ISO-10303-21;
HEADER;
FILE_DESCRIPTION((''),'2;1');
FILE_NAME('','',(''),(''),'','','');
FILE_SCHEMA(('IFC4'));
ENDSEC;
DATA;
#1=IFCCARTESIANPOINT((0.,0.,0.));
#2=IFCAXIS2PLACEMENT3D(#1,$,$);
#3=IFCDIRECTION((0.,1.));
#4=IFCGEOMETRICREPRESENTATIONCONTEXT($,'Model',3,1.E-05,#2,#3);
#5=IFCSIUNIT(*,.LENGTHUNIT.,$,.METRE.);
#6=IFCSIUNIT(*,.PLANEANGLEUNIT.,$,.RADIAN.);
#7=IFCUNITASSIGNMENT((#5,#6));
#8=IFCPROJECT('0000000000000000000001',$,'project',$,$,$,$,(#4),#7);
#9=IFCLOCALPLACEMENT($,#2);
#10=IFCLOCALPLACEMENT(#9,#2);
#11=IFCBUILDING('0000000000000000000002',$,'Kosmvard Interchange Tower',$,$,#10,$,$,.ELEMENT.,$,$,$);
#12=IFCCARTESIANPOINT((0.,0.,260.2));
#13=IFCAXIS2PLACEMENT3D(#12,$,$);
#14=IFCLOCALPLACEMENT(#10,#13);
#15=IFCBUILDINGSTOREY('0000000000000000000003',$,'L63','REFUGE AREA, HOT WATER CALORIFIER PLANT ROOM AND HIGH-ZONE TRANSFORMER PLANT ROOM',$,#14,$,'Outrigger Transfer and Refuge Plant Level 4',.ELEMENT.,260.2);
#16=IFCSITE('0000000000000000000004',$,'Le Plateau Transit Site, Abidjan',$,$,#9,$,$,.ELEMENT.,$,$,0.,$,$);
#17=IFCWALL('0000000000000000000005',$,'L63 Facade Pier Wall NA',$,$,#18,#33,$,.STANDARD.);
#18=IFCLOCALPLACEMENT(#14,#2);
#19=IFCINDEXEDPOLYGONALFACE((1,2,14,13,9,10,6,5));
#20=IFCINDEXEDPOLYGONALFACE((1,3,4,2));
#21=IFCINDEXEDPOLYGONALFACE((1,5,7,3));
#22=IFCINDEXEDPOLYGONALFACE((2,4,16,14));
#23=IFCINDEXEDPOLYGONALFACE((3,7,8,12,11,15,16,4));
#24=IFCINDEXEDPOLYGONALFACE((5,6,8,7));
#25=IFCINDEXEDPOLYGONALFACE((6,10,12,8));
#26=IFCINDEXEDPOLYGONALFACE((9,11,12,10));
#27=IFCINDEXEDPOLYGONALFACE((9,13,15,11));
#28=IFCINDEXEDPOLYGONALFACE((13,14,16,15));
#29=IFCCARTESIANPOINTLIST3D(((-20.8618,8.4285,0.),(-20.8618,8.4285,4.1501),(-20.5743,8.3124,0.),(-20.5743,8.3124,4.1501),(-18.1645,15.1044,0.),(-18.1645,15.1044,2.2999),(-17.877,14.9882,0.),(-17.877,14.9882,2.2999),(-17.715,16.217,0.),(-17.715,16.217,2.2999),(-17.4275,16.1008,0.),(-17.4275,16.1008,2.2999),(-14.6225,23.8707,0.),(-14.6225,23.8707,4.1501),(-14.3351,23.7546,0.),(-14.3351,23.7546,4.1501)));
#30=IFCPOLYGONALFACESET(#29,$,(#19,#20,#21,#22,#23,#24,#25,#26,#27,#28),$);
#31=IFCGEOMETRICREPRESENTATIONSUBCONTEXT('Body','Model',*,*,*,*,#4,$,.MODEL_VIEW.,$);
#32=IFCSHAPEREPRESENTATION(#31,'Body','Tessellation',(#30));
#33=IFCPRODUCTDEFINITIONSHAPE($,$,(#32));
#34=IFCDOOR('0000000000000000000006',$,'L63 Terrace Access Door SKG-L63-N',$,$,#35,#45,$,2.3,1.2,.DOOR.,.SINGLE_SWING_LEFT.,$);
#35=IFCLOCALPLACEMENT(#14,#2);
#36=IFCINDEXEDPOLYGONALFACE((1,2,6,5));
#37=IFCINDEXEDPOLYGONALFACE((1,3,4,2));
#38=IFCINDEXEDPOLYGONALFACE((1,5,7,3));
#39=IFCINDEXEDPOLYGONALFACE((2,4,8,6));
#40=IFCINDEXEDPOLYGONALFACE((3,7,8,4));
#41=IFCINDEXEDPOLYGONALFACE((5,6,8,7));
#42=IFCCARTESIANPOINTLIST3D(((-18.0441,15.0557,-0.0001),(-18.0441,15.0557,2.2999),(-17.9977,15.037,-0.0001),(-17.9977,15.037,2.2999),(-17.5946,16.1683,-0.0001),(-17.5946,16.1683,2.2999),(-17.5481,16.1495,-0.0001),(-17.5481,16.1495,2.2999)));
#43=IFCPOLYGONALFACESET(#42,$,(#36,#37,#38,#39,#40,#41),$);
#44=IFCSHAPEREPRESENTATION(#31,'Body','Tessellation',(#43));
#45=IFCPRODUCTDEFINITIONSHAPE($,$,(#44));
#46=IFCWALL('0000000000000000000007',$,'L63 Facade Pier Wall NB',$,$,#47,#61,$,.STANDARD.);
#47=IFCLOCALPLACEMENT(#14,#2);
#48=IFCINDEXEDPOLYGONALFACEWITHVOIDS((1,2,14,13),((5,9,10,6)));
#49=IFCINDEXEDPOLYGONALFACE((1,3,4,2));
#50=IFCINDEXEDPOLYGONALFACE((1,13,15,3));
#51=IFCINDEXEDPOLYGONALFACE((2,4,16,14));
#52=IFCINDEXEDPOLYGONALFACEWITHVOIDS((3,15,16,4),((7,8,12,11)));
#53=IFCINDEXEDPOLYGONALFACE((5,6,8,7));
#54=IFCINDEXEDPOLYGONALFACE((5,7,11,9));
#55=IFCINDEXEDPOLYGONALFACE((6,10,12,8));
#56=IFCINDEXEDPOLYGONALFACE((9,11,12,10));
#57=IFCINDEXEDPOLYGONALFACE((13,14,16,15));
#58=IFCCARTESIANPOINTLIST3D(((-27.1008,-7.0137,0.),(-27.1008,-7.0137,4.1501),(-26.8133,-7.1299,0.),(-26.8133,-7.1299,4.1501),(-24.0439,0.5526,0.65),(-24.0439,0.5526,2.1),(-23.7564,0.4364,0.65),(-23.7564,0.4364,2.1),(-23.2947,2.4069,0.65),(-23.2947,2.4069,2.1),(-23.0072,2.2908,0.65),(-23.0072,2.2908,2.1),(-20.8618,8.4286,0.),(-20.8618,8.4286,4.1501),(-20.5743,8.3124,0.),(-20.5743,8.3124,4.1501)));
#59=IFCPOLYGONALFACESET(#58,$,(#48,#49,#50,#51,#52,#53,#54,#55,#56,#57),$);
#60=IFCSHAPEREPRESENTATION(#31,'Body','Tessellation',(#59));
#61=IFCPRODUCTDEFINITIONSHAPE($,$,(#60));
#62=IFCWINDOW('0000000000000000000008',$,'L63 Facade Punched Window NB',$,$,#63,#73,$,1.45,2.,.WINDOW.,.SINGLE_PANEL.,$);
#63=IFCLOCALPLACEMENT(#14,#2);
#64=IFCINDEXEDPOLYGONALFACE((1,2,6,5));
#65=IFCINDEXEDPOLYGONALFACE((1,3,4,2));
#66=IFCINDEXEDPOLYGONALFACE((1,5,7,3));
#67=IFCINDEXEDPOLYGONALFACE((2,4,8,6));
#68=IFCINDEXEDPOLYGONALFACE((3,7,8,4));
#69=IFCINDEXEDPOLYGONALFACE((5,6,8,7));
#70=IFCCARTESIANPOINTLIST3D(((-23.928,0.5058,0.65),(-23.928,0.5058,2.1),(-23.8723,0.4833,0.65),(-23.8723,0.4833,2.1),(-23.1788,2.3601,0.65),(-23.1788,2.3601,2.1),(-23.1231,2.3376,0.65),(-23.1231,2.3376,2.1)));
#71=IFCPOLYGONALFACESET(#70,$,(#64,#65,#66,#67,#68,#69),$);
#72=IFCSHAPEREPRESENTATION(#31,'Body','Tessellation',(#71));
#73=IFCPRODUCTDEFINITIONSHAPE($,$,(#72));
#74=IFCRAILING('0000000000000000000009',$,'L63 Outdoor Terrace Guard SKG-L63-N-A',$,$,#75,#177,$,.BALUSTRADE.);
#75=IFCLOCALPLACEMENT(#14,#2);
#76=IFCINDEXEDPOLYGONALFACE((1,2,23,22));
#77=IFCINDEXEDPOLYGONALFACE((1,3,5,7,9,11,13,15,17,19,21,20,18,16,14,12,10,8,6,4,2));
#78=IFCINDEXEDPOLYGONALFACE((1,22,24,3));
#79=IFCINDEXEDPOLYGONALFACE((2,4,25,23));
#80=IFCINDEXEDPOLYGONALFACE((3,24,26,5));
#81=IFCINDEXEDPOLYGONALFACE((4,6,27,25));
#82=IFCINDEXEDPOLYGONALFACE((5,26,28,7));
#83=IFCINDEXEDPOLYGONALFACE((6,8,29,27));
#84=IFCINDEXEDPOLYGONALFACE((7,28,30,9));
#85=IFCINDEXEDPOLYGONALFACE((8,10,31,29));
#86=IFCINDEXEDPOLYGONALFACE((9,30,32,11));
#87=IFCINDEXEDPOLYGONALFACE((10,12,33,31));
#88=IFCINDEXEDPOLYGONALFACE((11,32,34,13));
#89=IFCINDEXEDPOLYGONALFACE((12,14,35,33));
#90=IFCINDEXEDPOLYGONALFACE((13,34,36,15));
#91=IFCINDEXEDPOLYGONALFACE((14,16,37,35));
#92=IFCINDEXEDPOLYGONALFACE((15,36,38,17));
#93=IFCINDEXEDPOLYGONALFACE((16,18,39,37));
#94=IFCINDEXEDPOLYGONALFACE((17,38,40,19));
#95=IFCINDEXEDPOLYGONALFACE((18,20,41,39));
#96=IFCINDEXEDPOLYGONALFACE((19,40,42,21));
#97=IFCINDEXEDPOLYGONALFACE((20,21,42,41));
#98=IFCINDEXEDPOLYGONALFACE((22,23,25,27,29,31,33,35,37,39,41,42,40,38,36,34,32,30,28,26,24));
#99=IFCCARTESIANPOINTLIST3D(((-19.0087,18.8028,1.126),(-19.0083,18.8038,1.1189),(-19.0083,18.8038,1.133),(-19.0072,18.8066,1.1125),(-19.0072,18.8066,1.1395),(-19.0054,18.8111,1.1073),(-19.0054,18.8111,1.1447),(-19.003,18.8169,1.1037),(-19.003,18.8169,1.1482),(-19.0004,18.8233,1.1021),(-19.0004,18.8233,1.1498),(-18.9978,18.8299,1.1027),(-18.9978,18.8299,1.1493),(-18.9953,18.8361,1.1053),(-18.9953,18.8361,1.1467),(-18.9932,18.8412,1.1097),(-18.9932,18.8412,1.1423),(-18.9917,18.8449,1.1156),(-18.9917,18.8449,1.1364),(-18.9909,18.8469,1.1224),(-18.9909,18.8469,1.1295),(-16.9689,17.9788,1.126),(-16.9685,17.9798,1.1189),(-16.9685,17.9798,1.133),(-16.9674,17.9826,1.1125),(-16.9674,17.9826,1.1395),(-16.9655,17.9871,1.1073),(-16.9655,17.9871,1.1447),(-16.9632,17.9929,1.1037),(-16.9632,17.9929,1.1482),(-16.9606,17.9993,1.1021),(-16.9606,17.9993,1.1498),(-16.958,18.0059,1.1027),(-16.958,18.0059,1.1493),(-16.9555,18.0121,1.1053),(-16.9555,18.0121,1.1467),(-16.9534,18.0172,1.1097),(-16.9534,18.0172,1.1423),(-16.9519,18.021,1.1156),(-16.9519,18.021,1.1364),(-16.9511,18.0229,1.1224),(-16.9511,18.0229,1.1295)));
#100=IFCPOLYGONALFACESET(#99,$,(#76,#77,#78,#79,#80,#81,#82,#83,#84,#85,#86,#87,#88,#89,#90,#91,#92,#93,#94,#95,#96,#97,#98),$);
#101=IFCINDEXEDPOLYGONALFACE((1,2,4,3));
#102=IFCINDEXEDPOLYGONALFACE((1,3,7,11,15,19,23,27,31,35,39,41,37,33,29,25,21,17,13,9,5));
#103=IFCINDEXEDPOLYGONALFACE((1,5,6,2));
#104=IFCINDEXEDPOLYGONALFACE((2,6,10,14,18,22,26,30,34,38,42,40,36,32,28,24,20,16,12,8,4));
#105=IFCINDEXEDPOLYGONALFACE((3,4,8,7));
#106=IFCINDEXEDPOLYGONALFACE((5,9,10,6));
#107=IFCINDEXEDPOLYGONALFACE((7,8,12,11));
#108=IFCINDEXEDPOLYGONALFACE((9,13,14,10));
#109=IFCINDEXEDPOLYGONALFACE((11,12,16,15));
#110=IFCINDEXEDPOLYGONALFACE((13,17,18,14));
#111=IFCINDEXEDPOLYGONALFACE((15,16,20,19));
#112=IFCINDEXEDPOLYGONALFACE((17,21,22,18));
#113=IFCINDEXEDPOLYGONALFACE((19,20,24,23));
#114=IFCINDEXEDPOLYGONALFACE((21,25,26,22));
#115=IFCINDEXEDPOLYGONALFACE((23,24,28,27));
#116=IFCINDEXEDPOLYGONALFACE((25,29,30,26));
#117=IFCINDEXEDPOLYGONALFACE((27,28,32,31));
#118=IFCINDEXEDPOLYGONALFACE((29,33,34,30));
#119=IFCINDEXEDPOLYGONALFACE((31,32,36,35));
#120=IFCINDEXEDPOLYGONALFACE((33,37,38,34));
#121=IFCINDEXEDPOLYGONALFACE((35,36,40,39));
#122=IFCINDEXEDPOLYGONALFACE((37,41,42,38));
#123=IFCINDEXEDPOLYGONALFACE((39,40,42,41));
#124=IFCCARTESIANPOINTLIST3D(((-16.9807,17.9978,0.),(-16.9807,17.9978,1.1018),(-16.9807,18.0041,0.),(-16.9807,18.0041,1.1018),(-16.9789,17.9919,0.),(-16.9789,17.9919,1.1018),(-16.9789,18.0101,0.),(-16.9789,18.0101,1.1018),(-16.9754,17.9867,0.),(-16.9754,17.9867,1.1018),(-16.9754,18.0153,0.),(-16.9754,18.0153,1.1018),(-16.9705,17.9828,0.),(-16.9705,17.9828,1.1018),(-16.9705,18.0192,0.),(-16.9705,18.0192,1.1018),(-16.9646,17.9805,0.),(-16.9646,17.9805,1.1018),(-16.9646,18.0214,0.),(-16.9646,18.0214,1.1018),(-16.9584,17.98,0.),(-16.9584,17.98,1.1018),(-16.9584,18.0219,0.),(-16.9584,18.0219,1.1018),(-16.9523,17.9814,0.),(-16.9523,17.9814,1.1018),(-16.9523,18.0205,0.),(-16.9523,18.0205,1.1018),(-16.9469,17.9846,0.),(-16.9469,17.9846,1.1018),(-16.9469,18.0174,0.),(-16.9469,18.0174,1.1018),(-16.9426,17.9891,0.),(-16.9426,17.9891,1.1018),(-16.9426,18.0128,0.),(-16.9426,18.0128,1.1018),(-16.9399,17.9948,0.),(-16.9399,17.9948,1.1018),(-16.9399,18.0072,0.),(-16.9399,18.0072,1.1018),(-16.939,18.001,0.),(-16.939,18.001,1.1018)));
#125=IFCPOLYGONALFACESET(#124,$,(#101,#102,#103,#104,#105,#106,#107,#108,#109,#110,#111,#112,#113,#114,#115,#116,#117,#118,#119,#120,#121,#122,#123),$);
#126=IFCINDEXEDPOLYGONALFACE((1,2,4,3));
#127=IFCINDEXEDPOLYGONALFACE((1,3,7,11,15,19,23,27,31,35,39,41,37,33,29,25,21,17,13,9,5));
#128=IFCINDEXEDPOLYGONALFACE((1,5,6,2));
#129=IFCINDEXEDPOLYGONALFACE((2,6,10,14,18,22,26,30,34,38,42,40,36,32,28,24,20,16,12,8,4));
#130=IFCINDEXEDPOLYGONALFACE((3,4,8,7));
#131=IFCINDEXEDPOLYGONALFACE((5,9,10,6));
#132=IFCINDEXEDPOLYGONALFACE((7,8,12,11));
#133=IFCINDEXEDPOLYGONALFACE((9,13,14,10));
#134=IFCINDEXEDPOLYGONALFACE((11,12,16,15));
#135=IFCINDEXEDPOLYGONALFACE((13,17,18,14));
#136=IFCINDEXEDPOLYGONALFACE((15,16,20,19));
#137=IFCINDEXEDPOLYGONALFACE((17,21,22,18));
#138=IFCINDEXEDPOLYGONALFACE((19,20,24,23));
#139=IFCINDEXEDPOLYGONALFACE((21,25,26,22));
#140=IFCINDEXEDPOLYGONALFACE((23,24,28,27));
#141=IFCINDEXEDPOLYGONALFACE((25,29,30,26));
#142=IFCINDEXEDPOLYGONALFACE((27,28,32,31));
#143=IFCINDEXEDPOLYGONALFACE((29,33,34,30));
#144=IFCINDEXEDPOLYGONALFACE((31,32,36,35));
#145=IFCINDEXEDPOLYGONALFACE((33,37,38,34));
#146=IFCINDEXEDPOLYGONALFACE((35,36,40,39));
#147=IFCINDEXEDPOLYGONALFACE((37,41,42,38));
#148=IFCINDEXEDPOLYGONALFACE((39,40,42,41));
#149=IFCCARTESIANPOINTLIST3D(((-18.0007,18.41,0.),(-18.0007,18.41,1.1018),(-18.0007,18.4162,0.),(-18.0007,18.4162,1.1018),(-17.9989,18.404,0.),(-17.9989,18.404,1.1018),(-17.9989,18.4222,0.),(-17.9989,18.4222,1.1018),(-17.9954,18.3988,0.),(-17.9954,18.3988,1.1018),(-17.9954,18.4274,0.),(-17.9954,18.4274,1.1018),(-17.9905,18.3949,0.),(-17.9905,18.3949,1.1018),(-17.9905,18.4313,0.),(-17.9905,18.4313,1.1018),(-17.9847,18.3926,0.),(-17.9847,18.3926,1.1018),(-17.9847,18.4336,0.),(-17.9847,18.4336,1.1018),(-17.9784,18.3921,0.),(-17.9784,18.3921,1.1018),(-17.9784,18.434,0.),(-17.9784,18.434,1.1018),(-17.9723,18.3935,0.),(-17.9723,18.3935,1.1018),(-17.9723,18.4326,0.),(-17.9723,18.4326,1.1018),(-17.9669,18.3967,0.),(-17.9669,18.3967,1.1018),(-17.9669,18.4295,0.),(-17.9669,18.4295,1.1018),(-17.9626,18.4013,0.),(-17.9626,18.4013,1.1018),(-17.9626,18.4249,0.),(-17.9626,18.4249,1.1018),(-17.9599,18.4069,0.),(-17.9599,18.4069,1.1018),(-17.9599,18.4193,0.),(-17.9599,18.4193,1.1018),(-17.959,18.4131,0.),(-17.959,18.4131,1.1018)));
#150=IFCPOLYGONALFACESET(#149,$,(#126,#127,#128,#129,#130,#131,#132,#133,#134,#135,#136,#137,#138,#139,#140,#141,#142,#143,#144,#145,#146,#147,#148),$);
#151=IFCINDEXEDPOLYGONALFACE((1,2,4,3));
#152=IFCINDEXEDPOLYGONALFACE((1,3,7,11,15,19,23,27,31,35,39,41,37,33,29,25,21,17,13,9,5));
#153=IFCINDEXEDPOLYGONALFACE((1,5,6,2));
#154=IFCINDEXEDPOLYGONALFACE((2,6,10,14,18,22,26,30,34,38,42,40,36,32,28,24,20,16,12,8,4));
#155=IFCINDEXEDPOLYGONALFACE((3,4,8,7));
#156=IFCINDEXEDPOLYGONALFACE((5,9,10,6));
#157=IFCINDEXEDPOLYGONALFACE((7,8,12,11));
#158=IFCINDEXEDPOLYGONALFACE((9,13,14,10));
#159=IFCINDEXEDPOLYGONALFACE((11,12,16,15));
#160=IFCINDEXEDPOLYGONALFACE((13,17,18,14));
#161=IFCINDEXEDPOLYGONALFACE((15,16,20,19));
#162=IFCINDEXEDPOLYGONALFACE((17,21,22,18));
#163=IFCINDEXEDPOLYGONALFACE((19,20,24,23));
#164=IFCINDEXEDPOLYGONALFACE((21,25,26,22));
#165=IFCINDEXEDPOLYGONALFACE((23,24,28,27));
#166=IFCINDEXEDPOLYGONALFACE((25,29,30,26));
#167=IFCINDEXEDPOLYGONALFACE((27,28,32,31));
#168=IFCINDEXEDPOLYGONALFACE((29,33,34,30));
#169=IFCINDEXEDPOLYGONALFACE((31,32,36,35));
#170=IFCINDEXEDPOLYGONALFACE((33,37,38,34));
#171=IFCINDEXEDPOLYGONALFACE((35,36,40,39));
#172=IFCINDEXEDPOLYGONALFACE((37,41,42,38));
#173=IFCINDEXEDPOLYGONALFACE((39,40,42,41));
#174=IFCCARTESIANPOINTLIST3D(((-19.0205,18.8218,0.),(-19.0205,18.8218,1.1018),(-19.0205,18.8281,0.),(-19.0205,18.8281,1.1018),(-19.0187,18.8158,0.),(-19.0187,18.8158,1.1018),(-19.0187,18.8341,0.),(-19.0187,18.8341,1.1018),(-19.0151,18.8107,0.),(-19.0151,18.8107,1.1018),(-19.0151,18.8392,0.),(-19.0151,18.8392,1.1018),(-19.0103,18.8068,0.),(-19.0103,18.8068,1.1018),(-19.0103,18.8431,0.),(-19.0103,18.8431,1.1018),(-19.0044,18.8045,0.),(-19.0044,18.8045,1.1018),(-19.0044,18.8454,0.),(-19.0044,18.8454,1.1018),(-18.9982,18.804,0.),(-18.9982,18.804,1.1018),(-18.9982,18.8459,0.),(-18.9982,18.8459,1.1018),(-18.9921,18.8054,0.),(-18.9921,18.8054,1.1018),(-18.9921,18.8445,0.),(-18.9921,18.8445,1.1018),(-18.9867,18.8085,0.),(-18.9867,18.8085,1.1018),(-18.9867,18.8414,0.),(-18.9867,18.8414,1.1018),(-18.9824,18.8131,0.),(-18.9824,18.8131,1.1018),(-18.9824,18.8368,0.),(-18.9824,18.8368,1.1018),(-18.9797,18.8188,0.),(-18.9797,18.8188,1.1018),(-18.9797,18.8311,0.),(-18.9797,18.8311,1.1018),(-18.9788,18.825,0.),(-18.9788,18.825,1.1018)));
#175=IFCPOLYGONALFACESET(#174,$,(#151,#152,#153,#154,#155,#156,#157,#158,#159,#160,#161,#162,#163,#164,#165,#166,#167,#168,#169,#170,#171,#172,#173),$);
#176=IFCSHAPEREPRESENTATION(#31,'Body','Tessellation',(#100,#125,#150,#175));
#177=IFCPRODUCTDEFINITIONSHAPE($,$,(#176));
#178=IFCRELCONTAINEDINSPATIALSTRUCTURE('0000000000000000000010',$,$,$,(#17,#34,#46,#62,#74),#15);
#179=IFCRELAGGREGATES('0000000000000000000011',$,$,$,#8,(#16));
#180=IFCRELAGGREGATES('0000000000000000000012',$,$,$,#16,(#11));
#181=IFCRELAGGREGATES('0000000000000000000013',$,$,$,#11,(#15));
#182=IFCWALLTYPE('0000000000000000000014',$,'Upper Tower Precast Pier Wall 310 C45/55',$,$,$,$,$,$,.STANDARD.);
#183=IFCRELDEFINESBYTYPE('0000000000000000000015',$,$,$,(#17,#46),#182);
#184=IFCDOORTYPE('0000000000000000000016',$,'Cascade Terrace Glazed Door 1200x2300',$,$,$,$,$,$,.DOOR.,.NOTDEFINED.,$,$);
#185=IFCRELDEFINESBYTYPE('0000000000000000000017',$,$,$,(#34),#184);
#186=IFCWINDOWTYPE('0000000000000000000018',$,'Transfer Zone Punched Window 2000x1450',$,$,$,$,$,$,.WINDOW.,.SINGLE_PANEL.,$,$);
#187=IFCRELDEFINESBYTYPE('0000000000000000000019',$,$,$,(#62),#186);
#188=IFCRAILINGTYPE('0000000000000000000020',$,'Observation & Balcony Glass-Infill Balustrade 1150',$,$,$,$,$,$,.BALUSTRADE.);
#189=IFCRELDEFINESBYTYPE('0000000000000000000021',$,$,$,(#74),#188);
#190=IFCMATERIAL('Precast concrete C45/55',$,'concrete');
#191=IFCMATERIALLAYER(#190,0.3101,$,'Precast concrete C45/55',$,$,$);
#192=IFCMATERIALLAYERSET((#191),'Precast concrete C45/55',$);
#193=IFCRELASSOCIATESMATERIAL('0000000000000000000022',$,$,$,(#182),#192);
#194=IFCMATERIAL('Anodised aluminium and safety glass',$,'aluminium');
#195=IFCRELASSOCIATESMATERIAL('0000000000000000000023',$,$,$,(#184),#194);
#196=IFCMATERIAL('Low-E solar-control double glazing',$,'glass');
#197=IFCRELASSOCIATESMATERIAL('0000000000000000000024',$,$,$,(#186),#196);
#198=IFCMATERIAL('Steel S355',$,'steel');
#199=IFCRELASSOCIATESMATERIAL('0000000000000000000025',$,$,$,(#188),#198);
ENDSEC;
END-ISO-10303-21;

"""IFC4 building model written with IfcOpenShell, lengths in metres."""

from ifc_helpers import new_model, si_unit, direction, frame, frame_2d, origin, origin_2d, place, context, subcontext, project, spatial, rectangle, circle, extrude, source, transform, mapped, material, layer, layer_set, type_object, element, fill, save


model = new_model("IFC4")

# Units and contexts
model_context = context("Model", 3, precision=1e-05, world=origin(), true_north=direction((0.0, 1.0)))
body_context = subcontext(model_context, "Body", "Model", "MODEL_VIEW")
ifc_project = project(units=[si_unit("LENGTHUNIT", "METRE"), si_unit("PLANEANGLEUNIT", "RADIAN")], contexts=[model_context])

# Site, building, storey
site_placement = place(None, origin())
site = spatial("IfcSite", under=ifc_project, at=site_placement, Name="Le Plateau Transit Site, Abidjan", CompositionType="ELEMENT", RefElevation=0.0)
building_placement = place(site_placement, origin())
building = spatial("IfcBuilding", under=site, at=building_placement, Name="Kosmvard Interchange Tower", CompositionType="ELEMENT")
storey_placement = place(building_placement, frame((0.0, 0.0, 260.2)))
storey = spatial("IfcBuildingStorey", under=building, at=storey_placement, Name="L63", Description="REFUGE AREA, HOT WATER CALORIFIER PLANT ROOM AND HIGH-ZONE TRANSFORMER PLANT ROOM", LongName="Outrigger Transfer and Refuge Plant Level 4", CompositionType="ELEMENT", Elevation=260.2)

# Shared definitions
ifc_material_1 = material(Name="Steel S355", Category="steel")

# Wall, opening, door
ifc_material_2 = material(Name="Precast concrete C45/55", Category="concrete")
ifc_layer_1 = layer(ifc_material_2, 0.3101, Name="Precast concrete C45/55")
ifc_layer_set_1 = layer_set([ifc_layer_1], Name="Precast concrete C45/55")
wall_type = type_object("IfcWallType", Name="Upper Tower Precast Pier Wall 310 C45/55", PredefinedType="STANDARD", material=ifc_layer_set_1)
wall_1_placement = place(storey_placement, frame((-14.4788, 23.8127, 0.0), z_axis=(0.0, 0.0, 1.0), x_axis=(-0.374618, -0.927179, 0.0)))
wall_1 = element("IfcWall", 1, at=wall_1_placement, inside=storey, type_object=wall_type, Name="L63 Facade Pier Wall NA", PredefinedType="STANDARD", context=body_context, shape_type="SweptSolid", body=[
    extrude(rectangle(XDim=16.655, YDim=0.3101, at=frame_2d((8.3276, 0.0))), origin(), (0.0, 0.0, 1.0), 4.1501),
])
opening_1_placement = place(wall_1_placement, frame((8.2549, 0.0, 0.0)))
opening_1 = element("IfcOpeningElement", 2, at=opening_1_placement, cuts=wall_1, PredefinedType="OPENING", context=body_context, shape_type="SweptSolid", body=[
    extrude(rectangle(XDim=1.2, YDim=2.3, at=frame_2d((0.6001, 1.1499))), frame((0.0, 0.165, 0.0), z_axis=(0.0, -1.0, 0.0), x_axis=(1.0, 0.0, 0.0)), (0.0, 0.0, 1.0), 0.3301),
])
ifc_material_3 = material(Name="Anodised aluminium and safety glass", Category="aluminium")
door_type = type_object("IfcDoorType", Name="Cascade Terrace Glazed Door 1200x2300", OperationType="NOTDEFINED", PredefinedType="DOOR", material=ifc_material_3)
shared_shape_1 = source(origin(), body_context, "Body", "SweptSolid", [
    extrude(rectangle(XDim=1.2, YDim=2.3, at=frame_2d((0.6001, 1.1499))), frame((0.0, 0.0249, 0.0), z_axis=(0.0, -1.0, 0.0), x_axis=(1.0, 0.0, 0.0)), (0.0, 0.0, 1.0), 0.05),
])
door_placement = place(opening_1_placement, origin())
door = element("IfcDoor", 3, at=door_placement, inside=storey, type_object=door_type, Name="L63 Terrace Access Door SKG-L63-N", OperationType="SINGLE_SWING_LEFT", OverallHeight=2.3, OverallWidth=1.2, PredefinedType="DOOR", context=body_context, shape_type="MappedRepresentation", body=[
    mapped(shared_shape_1, transform((0.0, 0.0, 0.0), scale=1.0)),
])
fill(opening_1, door)

# Wall, opening, window
wall_2_placement = place(storey_placement, frame((-20.718, 8.3706, 0.0), z_axis=(0.0, 0.0, 1.0), x_axis=(-0.374601, -0.927186, 0.0)))
wall_2 = element("IfcWall", 4, at=wall_2_placement, inside=storey, type_object=wall_type, Name="L63 Facade Pier Wall NB", PredefinedType="STANDARD", context=body_context, shape_type="SweptSolid", body=[
    extrude(rectangle(XDim=16.655, YDim=0.3101, at=frame_2d((8.3276, 0.0))), origin(), (0.0, 0.0, 1.0), 4.1501),
])
opening_2_placement = place(wall_2_placement, frame((6.4946, 0.0, 0.6499)))
opening_2 = element("IfcOpeningElement", 5, at=opening_2_placement, cuts=wall_2, PredefinedType="OPENING", context=body_context, shape_type="SweptSolid", body=[
    extrude(rectangle(XDim=2.0, YDim=1.45, at=frame_2d((1.0, 0.7251))), frame((0.0, 0.165, 0.0), z_axis=(0.0, -1.0, 0.0), x_axis=(1.0, 0.0, 0.0)), (0.0, 0.0, 1.0), 0.3301),
])
ifc_material_4 = material(Name="Low-E solar-control double glazing", Category="glass")
window_type = type_object("IfcWindowType", Name="Transfer Zone Punched Window 2000x1450", PartitioningType="SINGLE_PANEL", PredefinedType="WINDOW", material=ifc_material_4)
shared_shape_2 = source(origin(), body_context, "Body", "SweptSolid", [
    extrude(rectangle(XDim=2.0, YDim=1.45, at=frame_2d((1.0, 0.7251))), frame((0.0, 0.03, 0.0), z_axis=(0.0, -1.0, 0.0), x_axis=(1.0, 0.0, 0.0)), (0.0, 0.0, 1.0), 0.0601),
])
window_placement = place(opening_2_placement, origin())
window = element("IfcWindow", 6, at=window_placement, inside=storey, type_object=window_type, Name="L63 Facade Punched Window NB", OverallHeight=1.45, OverallWidth=2.0, PartitioningType="SINGLE_PANEL", PredefinedType="WINDOW", context=body_context, shape_type="MappedRepresentation", body=[
    mapped(shared_shape_2, transform((0.0, 0.0, 0.0), scale=1.0)),
])
fill(opening_2, window)

# Railing
railing_type = type_object("IfcRailingType", Name="Observation & Balcony Glass-Infill Balustrade 1150", PredefinedType="BALUSTRADE", material=ifc_material_1)
shared_shape_3 = source(origin(), body_context, "Body", "SweptSolid", [
    extrude(circle(Radius=0.0239, at=origin_2d()), frame((0.0, 0.0, 1.126), z_axis=(-0.927208, 0.374546, 0.0), x_axis=(-0.374546, -0.927208, 0.0)), (0.0, 0.0, 1.0), 2.2),
    extrude(circle(Radius=0.021, at=origin_2d()), origin(), (0.0, 0.0, 1.0), 1.1018),
    extrude(circle(Radius=0.021, at=origin_2d()), frame((-1.02, 0.4121, 0.0)), (0.0, 0.0, 1.0), 1.1018),
    extrude(circle(Radius=0.021, at=origin_2d()), frame((-2.0398, 0.824, 0.0)), (0.0, 0.0, 1.0), 1.1018),
])
railing_1_placement = place(storey_placement, frame((-16.96, 18.001, 0.0)))
element("IfcRailing", 7, at=railing_1_placement, inside=storey, type_object=railing_type, Name="L63 Outdoor Terrace Guard SKG-L63-N-A", PredefinedType="BALUSTRADE", context=body_context, shape_type="MappedRepresentation", body=[
    mapped(shared_shape_3, transform((0.0, 0.0, 0.0), scale=1.0)),
])

save(model, "model.ifc")
